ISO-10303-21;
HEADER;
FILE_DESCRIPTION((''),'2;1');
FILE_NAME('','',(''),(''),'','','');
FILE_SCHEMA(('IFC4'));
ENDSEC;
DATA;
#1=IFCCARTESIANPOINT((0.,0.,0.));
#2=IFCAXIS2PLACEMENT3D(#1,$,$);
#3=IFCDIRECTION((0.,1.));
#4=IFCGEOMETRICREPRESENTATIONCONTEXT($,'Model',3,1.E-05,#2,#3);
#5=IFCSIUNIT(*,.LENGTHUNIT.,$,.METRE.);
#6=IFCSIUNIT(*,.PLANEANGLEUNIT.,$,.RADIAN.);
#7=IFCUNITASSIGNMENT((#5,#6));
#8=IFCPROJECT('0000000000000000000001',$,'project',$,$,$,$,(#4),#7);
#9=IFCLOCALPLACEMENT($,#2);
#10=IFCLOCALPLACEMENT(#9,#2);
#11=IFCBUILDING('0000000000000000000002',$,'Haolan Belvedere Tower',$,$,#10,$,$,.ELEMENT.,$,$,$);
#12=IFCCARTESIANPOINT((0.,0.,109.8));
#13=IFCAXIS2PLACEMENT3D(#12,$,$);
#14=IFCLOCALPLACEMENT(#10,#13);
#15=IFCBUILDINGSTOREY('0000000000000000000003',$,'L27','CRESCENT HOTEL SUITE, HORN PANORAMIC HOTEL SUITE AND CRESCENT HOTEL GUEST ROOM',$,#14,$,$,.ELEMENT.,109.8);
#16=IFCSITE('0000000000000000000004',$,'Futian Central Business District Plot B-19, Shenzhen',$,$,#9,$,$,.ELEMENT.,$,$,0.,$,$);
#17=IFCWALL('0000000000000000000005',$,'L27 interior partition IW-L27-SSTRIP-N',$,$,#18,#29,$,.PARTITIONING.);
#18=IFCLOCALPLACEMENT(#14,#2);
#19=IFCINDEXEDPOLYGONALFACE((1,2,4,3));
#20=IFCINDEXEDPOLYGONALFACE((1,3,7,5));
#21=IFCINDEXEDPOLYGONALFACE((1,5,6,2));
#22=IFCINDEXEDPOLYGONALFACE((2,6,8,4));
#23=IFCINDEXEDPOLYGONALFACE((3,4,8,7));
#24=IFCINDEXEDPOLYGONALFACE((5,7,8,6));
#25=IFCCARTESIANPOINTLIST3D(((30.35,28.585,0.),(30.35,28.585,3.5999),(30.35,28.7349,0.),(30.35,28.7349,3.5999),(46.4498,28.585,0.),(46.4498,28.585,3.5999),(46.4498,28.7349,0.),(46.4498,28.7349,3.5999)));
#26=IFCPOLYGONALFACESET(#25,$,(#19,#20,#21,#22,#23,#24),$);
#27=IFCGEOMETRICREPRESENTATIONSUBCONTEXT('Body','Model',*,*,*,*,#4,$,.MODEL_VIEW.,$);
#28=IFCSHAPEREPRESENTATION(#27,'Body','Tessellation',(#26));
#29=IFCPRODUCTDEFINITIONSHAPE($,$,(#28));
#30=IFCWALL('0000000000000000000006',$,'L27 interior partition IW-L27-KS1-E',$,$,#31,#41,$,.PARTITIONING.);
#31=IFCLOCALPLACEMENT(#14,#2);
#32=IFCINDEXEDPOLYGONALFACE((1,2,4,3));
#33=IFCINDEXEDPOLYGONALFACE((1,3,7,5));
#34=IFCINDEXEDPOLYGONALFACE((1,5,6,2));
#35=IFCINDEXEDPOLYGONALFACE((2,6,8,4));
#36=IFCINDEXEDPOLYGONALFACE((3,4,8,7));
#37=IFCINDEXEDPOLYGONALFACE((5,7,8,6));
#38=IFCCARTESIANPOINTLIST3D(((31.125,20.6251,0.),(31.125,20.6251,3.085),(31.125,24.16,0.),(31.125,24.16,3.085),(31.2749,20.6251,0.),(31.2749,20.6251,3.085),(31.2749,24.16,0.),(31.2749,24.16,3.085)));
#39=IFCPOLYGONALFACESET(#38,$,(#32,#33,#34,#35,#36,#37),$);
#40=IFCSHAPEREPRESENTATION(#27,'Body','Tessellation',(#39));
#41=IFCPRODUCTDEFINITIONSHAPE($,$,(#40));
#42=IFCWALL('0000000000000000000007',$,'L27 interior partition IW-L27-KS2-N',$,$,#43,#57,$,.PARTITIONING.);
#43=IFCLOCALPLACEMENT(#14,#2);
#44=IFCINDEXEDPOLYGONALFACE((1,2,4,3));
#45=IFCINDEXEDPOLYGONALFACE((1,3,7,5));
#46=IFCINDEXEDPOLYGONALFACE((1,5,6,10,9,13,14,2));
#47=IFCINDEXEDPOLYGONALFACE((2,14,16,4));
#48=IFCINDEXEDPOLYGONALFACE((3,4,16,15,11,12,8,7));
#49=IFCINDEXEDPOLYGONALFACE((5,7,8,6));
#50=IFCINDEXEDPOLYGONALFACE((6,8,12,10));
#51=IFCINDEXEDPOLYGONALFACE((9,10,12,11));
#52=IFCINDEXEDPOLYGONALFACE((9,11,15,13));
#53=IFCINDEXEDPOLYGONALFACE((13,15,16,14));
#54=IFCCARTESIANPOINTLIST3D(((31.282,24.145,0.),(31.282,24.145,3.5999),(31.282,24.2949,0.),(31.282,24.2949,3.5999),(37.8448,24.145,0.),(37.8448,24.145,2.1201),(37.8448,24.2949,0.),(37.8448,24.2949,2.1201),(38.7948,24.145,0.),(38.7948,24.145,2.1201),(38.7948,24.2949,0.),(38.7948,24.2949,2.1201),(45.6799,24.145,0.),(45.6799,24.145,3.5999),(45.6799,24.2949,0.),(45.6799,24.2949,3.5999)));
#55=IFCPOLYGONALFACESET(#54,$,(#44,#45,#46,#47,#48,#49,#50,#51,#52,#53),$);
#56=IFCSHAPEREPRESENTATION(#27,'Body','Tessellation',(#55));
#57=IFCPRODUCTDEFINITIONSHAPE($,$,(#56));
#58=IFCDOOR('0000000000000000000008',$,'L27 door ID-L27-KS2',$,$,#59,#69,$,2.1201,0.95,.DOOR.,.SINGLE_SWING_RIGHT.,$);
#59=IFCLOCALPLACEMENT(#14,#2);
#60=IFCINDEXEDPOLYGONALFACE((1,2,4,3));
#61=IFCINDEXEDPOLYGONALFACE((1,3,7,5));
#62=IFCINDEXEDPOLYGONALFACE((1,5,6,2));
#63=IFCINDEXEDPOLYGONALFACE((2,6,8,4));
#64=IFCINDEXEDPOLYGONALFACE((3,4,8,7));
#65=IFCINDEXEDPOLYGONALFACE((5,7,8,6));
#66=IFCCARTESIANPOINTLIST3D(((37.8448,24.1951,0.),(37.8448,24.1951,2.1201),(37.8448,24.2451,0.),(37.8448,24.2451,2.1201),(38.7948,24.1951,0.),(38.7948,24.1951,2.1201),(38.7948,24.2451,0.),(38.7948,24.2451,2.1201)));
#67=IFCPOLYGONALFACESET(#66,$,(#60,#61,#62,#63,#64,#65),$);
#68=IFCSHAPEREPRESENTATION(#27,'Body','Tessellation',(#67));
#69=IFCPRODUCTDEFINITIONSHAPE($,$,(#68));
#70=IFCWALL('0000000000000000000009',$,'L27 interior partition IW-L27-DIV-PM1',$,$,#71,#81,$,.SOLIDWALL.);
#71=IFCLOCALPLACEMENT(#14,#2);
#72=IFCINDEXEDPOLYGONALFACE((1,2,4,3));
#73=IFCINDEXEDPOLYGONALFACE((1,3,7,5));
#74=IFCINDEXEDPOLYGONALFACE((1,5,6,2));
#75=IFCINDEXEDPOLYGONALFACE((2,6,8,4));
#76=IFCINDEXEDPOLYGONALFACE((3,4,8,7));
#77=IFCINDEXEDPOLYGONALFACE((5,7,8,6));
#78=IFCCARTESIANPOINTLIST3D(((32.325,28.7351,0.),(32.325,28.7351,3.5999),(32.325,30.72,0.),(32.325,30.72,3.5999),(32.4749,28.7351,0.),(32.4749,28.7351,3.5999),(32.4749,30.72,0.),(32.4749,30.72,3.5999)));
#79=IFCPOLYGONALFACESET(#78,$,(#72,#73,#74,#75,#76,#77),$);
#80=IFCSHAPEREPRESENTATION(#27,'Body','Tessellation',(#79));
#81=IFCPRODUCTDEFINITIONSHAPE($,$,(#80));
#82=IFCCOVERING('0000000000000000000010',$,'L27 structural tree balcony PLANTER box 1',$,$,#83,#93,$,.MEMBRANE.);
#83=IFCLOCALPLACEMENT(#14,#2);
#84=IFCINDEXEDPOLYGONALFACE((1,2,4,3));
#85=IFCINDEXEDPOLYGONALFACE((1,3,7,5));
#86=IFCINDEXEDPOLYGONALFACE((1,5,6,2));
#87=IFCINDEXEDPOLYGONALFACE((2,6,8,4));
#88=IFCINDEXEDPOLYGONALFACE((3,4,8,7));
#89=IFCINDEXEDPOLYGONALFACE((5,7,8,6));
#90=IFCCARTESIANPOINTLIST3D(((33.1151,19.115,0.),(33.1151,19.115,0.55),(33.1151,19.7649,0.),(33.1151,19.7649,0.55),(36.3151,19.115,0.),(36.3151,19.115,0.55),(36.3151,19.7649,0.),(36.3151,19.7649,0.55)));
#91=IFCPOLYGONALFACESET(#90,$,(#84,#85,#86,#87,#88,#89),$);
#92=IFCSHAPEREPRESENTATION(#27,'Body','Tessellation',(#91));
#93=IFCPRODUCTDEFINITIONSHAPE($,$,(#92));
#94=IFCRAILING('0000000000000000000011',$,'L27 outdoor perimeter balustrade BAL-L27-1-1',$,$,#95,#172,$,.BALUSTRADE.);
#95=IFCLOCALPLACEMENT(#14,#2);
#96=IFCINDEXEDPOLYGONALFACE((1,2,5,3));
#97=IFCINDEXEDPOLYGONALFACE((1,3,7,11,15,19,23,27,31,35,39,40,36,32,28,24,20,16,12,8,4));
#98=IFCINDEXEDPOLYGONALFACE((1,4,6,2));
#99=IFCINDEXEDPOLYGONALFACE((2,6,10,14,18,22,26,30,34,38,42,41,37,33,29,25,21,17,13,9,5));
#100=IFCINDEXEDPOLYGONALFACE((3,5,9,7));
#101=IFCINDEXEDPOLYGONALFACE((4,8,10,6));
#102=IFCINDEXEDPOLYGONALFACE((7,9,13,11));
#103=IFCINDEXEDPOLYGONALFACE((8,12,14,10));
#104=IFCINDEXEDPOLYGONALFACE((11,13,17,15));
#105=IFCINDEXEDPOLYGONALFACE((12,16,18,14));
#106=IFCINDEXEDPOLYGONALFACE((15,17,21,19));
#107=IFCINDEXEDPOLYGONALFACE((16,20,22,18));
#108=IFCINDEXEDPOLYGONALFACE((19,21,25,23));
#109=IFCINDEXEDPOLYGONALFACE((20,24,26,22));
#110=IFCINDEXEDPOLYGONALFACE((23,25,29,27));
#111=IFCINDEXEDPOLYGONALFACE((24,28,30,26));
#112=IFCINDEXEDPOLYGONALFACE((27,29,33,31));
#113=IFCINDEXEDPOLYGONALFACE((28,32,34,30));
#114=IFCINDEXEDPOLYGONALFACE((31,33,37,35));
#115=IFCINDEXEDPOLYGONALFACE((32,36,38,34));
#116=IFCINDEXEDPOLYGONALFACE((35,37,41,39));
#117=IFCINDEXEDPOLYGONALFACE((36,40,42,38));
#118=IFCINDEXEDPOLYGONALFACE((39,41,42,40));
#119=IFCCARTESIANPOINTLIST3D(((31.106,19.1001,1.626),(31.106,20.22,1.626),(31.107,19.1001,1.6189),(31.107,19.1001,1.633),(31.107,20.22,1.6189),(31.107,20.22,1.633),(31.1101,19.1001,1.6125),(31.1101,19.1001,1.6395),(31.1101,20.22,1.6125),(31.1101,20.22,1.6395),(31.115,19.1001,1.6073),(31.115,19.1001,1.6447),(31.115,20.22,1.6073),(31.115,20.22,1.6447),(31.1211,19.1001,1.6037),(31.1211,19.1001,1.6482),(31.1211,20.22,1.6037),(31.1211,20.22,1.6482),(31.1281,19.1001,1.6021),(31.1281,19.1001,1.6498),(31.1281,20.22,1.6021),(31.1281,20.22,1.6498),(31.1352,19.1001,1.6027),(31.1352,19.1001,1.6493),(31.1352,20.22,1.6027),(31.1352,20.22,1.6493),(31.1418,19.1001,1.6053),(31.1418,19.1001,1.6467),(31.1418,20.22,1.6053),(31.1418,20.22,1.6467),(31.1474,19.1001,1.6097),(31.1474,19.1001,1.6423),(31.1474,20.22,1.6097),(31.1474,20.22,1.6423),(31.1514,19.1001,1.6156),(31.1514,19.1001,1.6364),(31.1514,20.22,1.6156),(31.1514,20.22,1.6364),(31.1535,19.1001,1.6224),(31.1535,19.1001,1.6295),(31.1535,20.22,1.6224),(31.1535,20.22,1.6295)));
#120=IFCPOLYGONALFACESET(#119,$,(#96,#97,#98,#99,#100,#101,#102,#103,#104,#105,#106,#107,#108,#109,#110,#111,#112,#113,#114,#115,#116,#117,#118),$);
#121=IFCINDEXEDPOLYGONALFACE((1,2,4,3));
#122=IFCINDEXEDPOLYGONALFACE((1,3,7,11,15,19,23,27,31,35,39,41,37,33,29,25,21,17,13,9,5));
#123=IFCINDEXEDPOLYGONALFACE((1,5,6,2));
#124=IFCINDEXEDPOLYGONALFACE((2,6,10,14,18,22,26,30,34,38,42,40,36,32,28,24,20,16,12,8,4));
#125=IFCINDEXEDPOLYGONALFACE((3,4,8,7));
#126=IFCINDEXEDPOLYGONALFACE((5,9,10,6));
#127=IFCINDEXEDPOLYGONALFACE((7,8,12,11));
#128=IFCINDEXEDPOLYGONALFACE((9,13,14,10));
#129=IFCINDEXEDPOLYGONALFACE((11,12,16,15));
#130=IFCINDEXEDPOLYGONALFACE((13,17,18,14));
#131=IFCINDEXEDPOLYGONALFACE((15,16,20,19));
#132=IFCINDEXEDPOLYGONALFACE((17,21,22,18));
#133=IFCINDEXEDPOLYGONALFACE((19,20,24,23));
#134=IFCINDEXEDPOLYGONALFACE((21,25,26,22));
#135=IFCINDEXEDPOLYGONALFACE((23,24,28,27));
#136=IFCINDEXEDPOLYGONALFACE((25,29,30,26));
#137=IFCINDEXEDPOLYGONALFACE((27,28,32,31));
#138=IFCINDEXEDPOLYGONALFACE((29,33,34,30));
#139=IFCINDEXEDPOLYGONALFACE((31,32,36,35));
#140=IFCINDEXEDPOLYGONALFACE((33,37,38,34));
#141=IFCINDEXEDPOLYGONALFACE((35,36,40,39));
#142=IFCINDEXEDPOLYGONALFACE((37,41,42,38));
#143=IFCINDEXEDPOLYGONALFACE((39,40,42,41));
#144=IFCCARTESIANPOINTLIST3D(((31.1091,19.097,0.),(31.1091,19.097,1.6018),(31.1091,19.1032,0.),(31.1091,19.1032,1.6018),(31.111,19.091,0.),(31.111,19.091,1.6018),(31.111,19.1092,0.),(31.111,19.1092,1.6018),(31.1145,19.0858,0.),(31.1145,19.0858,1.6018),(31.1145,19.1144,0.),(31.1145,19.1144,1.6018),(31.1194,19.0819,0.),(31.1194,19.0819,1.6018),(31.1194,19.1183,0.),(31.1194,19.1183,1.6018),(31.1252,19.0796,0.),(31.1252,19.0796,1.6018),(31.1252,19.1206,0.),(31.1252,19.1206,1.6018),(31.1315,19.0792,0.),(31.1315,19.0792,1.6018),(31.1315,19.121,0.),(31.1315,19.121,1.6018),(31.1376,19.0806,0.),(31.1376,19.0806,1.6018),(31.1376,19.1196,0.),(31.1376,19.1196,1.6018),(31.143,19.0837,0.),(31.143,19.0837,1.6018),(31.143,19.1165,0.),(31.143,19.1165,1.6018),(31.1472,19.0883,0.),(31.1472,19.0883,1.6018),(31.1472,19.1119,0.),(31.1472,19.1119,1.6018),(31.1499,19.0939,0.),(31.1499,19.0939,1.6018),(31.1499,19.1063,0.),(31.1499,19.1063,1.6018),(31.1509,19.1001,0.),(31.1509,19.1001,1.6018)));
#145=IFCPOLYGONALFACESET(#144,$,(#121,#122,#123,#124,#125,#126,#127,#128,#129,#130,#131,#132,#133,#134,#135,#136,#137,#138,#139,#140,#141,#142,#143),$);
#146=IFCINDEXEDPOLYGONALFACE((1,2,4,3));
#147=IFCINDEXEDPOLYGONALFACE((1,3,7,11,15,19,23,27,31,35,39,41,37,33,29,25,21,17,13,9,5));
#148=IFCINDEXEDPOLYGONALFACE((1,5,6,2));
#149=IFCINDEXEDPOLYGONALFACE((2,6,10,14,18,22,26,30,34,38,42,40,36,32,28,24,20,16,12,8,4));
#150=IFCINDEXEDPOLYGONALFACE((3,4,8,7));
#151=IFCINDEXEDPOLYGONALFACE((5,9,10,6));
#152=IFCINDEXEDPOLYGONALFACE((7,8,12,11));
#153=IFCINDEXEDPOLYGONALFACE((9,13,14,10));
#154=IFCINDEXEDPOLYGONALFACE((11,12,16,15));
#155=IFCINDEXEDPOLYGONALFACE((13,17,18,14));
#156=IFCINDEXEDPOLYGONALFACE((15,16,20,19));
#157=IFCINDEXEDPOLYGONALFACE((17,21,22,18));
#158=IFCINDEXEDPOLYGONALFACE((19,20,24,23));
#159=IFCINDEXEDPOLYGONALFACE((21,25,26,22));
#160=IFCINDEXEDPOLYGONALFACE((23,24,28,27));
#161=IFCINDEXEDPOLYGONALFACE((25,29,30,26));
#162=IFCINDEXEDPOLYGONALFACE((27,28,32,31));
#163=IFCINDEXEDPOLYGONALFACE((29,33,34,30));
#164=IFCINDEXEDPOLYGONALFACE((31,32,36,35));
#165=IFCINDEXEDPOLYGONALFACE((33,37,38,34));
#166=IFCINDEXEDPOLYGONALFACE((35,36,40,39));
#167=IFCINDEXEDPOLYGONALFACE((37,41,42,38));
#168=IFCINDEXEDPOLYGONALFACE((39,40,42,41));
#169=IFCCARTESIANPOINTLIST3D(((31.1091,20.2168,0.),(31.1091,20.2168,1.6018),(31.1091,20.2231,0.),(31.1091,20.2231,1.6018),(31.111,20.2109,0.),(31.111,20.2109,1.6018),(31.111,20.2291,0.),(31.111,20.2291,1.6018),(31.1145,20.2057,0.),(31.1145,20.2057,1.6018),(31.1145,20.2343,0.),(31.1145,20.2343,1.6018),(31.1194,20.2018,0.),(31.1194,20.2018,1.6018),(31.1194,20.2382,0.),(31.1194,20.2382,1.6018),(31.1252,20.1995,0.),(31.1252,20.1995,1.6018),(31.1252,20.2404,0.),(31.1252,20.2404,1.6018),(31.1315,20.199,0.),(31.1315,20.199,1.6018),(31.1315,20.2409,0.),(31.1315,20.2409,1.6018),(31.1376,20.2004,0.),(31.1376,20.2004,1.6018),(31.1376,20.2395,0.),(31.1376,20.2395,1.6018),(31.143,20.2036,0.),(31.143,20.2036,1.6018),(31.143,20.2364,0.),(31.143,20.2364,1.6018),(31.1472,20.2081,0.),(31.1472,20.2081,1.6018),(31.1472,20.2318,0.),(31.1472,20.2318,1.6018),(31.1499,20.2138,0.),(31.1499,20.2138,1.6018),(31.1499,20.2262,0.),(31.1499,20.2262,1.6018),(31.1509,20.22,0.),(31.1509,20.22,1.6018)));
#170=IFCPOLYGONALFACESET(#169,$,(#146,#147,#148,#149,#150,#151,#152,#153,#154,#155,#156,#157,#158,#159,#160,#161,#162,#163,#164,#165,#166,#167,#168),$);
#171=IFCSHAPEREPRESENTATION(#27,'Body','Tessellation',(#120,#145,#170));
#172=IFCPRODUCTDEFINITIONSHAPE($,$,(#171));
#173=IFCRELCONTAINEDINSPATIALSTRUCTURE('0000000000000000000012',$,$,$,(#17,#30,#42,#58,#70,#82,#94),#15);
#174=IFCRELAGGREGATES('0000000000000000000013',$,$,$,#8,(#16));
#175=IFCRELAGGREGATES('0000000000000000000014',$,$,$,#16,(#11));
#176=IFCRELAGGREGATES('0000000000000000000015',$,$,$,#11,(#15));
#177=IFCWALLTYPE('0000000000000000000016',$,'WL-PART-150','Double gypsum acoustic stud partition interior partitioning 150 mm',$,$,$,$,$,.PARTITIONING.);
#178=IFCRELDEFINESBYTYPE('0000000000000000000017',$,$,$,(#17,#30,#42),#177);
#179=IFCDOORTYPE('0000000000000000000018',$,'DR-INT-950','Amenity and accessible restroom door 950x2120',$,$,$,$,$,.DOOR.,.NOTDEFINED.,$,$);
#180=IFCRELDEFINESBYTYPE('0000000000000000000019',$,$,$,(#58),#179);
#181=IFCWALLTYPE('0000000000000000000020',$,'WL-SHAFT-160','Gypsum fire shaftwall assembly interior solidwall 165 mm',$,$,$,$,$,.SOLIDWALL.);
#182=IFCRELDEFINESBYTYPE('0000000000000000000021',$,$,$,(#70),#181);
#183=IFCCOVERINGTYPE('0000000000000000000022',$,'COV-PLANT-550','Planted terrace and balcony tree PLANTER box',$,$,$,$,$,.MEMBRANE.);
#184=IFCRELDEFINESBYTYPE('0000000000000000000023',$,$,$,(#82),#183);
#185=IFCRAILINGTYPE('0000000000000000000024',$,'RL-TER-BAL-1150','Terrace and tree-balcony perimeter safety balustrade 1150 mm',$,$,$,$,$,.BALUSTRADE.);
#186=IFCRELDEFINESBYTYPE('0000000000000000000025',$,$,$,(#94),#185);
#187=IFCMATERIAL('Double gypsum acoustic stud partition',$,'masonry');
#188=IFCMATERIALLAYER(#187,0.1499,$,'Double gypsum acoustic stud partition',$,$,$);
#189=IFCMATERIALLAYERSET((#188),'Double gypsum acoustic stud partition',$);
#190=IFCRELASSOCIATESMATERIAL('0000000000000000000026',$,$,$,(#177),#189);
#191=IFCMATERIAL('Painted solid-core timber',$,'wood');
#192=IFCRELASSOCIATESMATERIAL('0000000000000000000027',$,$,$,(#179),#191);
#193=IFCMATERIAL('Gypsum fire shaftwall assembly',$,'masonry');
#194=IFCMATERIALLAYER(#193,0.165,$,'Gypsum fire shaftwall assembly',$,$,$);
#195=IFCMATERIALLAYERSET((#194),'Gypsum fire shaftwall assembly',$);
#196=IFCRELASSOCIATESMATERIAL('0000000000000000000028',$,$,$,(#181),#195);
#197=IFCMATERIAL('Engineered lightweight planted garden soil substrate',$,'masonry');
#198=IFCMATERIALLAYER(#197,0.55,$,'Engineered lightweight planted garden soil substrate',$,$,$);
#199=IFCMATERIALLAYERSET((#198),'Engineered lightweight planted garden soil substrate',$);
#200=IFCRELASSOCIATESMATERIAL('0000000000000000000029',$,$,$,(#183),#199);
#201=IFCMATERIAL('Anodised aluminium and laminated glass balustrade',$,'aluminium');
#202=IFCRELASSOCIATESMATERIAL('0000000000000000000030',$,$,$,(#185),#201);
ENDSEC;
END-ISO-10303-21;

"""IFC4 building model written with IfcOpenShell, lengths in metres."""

from ifc_helpers import new_model, si_unit, direction, frame, frame_2d, origin, origin_2d, place, context, subcontext, project, spatial, rectangle, circle, extrude, material, layer, layer_set, type_object, element, fill, save


model = new_model("IFC4")

# Units and contexts
model_context = context("Model", 3, precision=1e-05, world=origin(), true_north=direction((0.0, 1.0)))
body_context = subcontext(model_context, "Body", "Model", "MODEL_VIEW")
ifc_project = project(units=[si_unit("LENGTHUNIT", "METRE"), si_unit("PLANEANGLEUNIT", "RADIAN")], contexts=[model_context])

# Site, building, storey
site_placement = place(None, origin())
site = spatial("IfcSite", under=ifc_project, at=site_placement, Name="Futian Central Business District Plot B-19, Shenzhen", CompositionType="ELEMENT", RefElevation=0.0)
building_placement = place(site_placement, origin())
building = spatial("IfcBuilding", under=site, at=building_placement, Name="Haolan Belvedere Tower", CompositionType="ELEMENT")
storey_placement = place(building_placement, frame((0.0, 0.0, 109.8)))
storey = spatial("IfcBuildingStorey", under=building, at=storey_placement, Name="L27", Description="CRESCENT HOTEL SUITE, HORN PANORAMIC HOTEL SUITE AND CRESCENT HOTEL GUEST ROOM", CompositionType="ELEMENT", Elevation=109.8)

# Wall
ifc_material_1 = material(Name="Double gypsum acoustic stud partition", Category="masonry")
ifc_layer_1 = layer(ifc_material_1, 0.1499, Name="Double gypsum acoustic stud partition")
ifc_layer_set_1 = layer_set([ifc_layer_1], Name="Double gypsum acoustic stud partition")
wall_type_1 = type_object("IfcWallType", Name="WL-PART-150", Description="Double gypsum acoustic stud partition interior partitioning 150 mm", PredefinedType="PARTITIONING", material=ifc_layer_set_1)
wall_1_placement = place(storey_placement, frame((30.3501, 28.6599, 0.0), z_axis=(0.0, 0.0, 1.0), x_axis=(1.0, 0.0, 0.0)))
element("IfcWall", 1, at=wall_1_placement, inside=storey, type_object=wall_type_1, Name="L27 interior partition IW-L27-SSTRIP-N", PredefinedType="PARTITIONING", context=body_context, shape_type="SweptSolid", body=[
    extrude(rectangle(XDim=16.0999, YDim=0.1499, at=frame_2d((8.0498, 0.0))), origin(), (0.0, 0.0, 1.0), 3.5999),
])

# Shared definitions
ifc_material_2 = material(Name="Painted solid-core timber", Category="wood")
door_type_1 = type_object("IfcDoorType", Name="DR-INT-950", Description="Amenity and accessible restroom door 950x2120", OperationType="NOTDEFINED", PredefinedType="DOOR", material=ifc_material_2)

# Wall
wall_2_placement = place(storey_placement, frame((31.2, 20.625, 0.0), z_axis=(0.0, 0.0, 1.0), x_axis=(0.0, 1.0, 0.0)))
element("IfcWall", 2, at=wall_2_placement, inside=storey, type_object=wall_type_1, Name="L27 interior partition IW-L27-KS1-E", PredefinedType="PARTITIONING", context=body_context, shape_type="SweptSolid", body=[
    extrude(rectangle(XDim=3.5349, YDim=0.1499, at=frame_2d((1.7676, 0.0))), origin(), (0.0, 0.0, 1.0), 3.085),
])

# Wall, opening, door
wall_3_placement = place(storey_placement, frame((31.282, 24.22, 0.0), z_axis=(0.0, 0.0, 1.0), x_axis=(1.0, 0.0, 0.0)))
wall_3 = element("IfcWall", 3, at=wall_3_placement, inside=storey, type_object=wall_type_1, Name="L27 interior partition IW-L27-KS2-N", PredefinedType="PARTITIONING", context=body_context, shape_type="SweptSolid", body=[
    extrude(rectangle(XDim=14.3979, YDim=0.1499, at=frame_2d((7.199, 0.0))), origin(), (0.0, 0.0, 1.0), 3.5999),
])
opening_1_placement = place(wall_3_placement, frame((7.5129, 0.0, 0.0), z_axis=(0.0, 0.0, 1.0), x_axis=(-1.0, 0.0, 0.0)))
opening_1 = element("IfcOpeningElement", 4, at=opening_1_placement, cuts=wall_3, PredefinedType="OPENING", context=body_context, shape_type="SweptSolid", body=[
    extrude(rectangle(XDim=0.95, YDim=2.1201, at=frame_2d((0.4751, 1.0601))), frame((0.0, 0.085, 0.0), z_axis=(0.0, -1.0, 0.0), x_axis=(1.0, 0.0, 0.0)), (0.0, 0.0, 1.0), 0.1699),
])
door_1_placement = place(opening_1_placement, origin())
door_1 = element("IfcDoor", 5, at=door_1_placement, inside=storey, type_object=door_type_1, Name="L27 door ID-L27-KS2", OperationType="SINGLE_SWING_RIGHT", OverallHeight=2.1201, OverallWidth=0.95, PredefinedType="DOOR", context=body_context, shape_type="SweptSolid", body=[
    extrude(rectangle(XDim=0.95, YDim=2.1201, at=frame_2d((0.4751, 1.0601))), frame((0.0, 0.0249, 0.0), z_axis=(0.0, -1.0, 0.0), x_axis=(1.0, 0.0, 0.0)), (0.0, 0.0, 1.0), 0.05),
])
fill(opening_1, door_1)

# Wall
ifc_material_3 = material(Name="Gypsum fire shaftwall assembly", Category="masonry")
ifc_layer_2 = layer(ifc_material_3, 0.165, Name="Gypsum fire shaftwall assembly")
ifc_layer_set_2 = layer_set([ifc_layer_2], Name="Gypsum fire shaftwall assembly")
wall_type_2 = type_object("IfcWallType", Name="WL-SHAFT-160", Description="Gypsum fire shaftwall assembly interior solidwall 165 mm", PredefinedType="SOLIDWALL", material=ifc_layer_set_2)
wall_4_placement = place(storey_placement, frame((32.3999, 28.7351, 0.0), z_axis=(0.0, 0.0, 1.0), x_axis=(0.0, 1.0, 0.0)))
element("IfcWall", 6, at=wall_4_placement, inside=storey, type_object=wall_type_2, Name="L27 interior partition IW-L27-DIV-PM1", PredefinedType="SOLIDWALL", context=body_context, shape_type="SweptSolid", body=[
    extrude(rectangle(XDim=1.9849, YDim=0.1499, at=frame_2d((0.9924, 0.0))), origin(), (0.0, 0.0, 1.0), 3.5999),
])

# Covering
ifc_material_4 = material(Name="Engineered lightweight planted garden soil substrate", Category="masonry")
ifc_layer_3 = layer(ifc_material_4, 0.55, Name="Engineered lightweight planted garden soil substrate")
ifc_layer_set_3 = layer_set([ifc_layer_3], Name="Engineered lightweight planted garden soil substrate")
covering_type = type_object("IfcCoveringType", Name="COV-PLANT-550", Description="Planted terrace and balcony tree PLANTER box", PredefinedType="MEMBRANE", material=ifc_layer_set_3)
covering_placement = place(storey_placement, frame((34.7151, 19.4399, 0.0), z_axis=(0.0, 0.0, 1.0), x_axis=(1.0, 0.0, 0.0)))
element("IfcCovering", 7, at=covering_placement, inside=storey, type_object=covering_type, Name="L27 structural tree balcony PLANTER box 1", PredefinedType="MEMBRANE", context=body_context, shape_type="SweptSolid", body=[
    extrude(rectangle(XDim=3.2, YDim=0.6499, at=origin_2d()), origin(), (0.0, 0.0, 1.0), 0.55),
])

# Railing
ifc_material_5 = material(Name="Anodised aluminium and laminated glass balustrade", Category="aluminium")
railing_type = type_object("IfcRailingType", Name="RL-TER-BAL-1150", Description="Terrace and tree-balcony perimeter safety balustrade 1150 mm", PredefinedType="BALUSTRADE", material=ifc_material_5)
railing_placement = place(storey_placement, frame((31.1299, 19.1001, 0.0)))
element("IfcRailing", 8, at=railing_placement, inside=storey, type_object=railing_type, Name="L27 outdoor perimeter balustrade BAL-L27-1-1", PredefinedType="BALUSTRADE", context=body_context, shape_type="SweptSolid", body=[
    extrude(circle(Radius=0.0239, at=origin_2d()), frame((0.0, 0.0, 1.626), z_axis=(0.0, 1.0, 0.0), x_axis=(-1.0, 0.0, 0.0)), (0.0, 0.0, 1.0), 1.1199),
    extrude(circle(Radius=0.021, at=origin_2d()), origin(), (0.0, 0.0, 1.0), 1.6018),
    extrude(circle(Radius=0.021, at=origin_2d()), frame((0.0, 1.1199, 0.0)), (0.0, 0.0, 1.0), 1.6018),
])

save(model, "model.ifc")
